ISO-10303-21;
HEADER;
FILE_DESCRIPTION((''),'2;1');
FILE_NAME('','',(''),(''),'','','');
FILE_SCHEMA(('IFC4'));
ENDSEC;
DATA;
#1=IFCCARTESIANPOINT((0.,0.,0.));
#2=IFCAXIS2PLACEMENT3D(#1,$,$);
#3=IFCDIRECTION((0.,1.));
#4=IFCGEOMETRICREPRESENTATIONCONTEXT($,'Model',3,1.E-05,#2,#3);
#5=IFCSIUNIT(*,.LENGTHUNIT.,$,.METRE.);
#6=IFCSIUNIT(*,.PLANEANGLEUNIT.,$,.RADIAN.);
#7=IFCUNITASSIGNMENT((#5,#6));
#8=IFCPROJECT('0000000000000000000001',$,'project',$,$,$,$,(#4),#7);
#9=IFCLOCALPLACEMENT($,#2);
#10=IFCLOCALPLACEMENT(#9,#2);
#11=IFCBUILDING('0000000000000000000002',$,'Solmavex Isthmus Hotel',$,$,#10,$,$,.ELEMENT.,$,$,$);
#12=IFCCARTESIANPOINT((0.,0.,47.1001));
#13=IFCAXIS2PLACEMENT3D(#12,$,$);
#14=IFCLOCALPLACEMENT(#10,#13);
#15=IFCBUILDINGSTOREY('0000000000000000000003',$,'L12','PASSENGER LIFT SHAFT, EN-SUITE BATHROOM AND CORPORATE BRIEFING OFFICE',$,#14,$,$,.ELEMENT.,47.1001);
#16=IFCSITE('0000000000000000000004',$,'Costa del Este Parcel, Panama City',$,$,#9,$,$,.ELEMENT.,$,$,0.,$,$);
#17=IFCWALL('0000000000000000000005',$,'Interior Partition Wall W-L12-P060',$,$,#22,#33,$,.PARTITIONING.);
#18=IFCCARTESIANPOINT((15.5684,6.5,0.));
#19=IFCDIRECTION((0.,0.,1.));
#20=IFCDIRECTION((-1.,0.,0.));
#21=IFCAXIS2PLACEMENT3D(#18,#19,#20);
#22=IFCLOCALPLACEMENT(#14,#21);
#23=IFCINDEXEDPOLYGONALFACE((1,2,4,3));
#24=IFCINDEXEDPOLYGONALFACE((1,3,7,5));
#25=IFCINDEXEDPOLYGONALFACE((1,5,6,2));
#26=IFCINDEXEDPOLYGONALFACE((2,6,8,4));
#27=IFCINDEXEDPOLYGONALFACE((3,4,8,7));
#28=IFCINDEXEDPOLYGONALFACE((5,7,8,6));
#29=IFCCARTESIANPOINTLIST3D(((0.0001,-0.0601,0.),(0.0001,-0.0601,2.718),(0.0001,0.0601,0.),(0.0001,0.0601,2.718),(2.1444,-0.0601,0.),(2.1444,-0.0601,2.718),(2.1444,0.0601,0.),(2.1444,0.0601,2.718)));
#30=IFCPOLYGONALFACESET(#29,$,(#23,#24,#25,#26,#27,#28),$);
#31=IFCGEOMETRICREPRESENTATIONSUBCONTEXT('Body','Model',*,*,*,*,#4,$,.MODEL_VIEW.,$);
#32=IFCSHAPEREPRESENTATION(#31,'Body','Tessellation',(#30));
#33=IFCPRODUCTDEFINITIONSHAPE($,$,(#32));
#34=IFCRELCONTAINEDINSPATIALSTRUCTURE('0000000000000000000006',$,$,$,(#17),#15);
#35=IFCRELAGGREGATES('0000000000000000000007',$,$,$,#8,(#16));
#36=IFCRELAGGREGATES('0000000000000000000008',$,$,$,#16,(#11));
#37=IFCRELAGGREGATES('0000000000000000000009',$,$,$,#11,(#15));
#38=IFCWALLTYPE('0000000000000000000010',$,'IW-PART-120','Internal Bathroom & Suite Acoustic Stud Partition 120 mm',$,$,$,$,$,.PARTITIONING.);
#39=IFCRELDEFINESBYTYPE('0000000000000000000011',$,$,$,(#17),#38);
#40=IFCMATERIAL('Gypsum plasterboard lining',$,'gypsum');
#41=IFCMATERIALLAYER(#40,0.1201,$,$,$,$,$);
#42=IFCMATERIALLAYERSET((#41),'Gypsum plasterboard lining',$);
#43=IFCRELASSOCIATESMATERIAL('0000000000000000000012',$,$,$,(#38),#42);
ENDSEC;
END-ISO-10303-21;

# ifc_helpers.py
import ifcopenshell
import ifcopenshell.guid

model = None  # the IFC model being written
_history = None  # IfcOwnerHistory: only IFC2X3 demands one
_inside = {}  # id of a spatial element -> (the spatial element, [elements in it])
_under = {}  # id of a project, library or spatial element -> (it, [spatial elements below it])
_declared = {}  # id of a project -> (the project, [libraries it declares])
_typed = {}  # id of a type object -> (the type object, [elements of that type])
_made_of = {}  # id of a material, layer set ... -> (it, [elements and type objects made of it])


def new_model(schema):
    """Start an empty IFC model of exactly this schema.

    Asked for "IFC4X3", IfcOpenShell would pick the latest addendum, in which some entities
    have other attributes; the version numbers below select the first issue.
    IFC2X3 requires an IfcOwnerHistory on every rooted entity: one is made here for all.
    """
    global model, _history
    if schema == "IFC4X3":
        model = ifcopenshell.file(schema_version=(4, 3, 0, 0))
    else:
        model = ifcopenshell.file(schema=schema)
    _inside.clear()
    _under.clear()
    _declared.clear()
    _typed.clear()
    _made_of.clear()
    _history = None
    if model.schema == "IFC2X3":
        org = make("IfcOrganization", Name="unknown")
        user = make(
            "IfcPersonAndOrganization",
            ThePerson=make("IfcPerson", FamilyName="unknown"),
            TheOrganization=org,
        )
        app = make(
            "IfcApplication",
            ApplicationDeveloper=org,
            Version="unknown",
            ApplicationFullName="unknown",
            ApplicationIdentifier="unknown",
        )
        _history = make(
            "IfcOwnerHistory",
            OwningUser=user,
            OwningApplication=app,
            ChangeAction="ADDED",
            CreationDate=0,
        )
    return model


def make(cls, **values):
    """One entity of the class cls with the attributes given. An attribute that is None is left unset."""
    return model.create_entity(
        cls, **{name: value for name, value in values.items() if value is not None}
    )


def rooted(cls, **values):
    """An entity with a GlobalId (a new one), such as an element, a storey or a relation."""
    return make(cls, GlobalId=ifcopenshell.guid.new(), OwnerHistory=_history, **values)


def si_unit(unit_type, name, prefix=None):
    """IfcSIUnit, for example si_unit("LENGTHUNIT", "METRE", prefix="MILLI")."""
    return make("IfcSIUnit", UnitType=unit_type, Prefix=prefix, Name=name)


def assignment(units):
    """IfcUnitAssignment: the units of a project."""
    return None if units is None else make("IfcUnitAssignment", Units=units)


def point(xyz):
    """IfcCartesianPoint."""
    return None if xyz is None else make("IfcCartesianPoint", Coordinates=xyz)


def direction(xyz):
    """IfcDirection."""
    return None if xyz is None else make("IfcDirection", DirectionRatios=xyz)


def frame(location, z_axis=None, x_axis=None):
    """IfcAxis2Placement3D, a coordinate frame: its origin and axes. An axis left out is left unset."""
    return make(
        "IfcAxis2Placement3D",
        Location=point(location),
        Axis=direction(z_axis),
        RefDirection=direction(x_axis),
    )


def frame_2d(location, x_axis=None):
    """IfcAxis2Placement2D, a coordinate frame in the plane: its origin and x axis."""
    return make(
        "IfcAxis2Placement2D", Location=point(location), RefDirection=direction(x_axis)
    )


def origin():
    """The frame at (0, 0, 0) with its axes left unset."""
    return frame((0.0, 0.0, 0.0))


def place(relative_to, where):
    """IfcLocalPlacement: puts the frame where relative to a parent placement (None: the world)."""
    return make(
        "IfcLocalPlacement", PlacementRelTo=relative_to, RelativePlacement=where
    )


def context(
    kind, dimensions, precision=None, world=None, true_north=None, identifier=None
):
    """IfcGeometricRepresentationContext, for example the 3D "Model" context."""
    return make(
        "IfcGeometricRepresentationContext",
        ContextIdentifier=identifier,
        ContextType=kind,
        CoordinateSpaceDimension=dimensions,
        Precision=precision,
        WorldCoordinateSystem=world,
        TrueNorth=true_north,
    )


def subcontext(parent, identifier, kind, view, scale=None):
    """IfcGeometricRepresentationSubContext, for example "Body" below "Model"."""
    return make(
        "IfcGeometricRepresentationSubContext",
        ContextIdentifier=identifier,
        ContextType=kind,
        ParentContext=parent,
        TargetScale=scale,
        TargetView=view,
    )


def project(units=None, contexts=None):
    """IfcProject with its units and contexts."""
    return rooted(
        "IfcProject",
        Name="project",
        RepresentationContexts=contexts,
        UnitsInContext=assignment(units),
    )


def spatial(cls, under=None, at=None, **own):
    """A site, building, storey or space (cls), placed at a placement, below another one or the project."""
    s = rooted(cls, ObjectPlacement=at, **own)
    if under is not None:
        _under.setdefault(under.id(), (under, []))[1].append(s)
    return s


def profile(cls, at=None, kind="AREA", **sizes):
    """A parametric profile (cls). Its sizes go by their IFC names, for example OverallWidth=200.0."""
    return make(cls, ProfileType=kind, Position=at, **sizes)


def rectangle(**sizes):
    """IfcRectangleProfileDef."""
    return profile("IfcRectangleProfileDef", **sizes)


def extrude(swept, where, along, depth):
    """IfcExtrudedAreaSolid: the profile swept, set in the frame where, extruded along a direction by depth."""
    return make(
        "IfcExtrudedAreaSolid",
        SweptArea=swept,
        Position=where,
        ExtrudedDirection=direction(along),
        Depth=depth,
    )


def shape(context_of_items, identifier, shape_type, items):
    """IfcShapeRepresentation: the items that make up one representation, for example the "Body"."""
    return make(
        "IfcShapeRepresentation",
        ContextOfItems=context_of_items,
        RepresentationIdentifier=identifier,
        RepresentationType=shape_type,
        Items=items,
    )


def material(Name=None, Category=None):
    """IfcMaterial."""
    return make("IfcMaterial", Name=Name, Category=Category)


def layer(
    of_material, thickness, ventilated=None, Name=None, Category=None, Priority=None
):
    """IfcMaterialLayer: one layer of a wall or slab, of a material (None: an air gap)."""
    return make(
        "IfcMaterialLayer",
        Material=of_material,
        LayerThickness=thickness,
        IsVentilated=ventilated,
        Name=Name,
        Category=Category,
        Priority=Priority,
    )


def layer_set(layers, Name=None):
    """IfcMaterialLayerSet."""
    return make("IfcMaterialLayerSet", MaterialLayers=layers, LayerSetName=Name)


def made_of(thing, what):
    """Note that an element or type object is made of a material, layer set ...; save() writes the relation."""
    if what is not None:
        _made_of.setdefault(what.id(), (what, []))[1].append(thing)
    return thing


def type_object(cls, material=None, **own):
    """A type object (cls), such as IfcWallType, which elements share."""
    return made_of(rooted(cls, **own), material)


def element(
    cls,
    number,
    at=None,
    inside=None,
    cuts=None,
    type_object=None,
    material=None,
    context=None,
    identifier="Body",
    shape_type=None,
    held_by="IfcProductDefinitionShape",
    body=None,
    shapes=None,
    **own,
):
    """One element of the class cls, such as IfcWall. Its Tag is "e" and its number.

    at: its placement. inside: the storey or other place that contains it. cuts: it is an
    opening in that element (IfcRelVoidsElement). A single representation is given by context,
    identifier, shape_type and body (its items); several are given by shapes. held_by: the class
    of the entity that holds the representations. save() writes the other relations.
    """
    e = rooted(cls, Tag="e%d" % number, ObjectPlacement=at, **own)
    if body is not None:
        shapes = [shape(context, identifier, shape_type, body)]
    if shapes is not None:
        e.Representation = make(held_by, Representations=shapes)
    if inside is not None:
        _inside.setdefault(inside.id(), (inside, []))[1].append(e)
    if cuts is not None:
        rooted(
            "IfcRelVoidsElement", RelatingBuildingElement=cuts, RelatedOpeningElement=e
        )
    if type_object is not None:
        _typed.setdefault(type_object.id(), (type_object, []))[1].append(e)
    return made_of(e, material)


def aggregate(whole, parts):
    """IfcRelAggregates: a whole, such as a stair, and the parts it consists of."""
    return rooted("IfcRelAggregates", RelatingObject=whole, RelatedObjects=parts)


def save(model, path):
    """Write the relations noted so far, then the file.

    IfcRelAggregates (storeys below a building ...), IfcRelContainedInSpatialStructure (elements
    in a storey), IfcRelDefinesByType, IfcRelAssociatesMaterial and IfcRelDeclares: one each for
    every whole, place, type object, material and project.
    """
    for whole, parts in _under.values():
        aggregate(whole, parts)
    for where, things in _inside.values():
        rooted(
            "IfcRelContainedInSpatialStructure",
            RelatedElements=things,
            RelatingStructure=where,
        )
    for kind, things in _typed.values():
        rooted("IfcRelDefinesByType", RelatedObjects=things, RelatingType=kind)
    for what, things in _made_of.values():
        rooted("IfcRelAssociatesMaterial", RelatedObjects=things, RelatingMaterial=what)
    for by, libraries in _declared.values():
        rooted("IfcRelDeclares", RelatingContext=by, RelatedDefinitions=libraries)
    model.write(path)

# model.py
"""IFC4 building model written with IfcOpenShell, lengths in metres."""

from ifc_helpers import new_model, si_unit, direction, frame, frame_2d, origin, place, context, subcontext, project, spatial, rectangle, extrude, material, layer, layer_set, type_object, element, save


model = new_model("IFC4")

# Units and contexts
model_context = context("Model", 3, precision=1e-05, world=origin(), true_north=direction((0.0, 1.0)))
body_context = subcontext(model_context, "Body", "Model", "MODEL_VIEW")
ifc_project = project(units=[si_unit("LENGTHUNIT", "METRE"), si_unit("PLANEANGLEUNIT", "RADIAN")], contexts=[model_context])

# Site, building, storey
site_placement = place(None, origin())
site = spatial("IfcSite", under=ifc_project, at=site_placement, Name="Costa del Este Parcel, Panama City", CompositionType="ELEMENT", RefElevation=0.0)
building_placement = place(site_placement, origin())
building = spatial("IfcBuilding", under=site, at=building_placement, Name="Solmavex Isthmus Hotel", CompositionType="ELEMENT")
storey_placement = place(building_placement, frame((0.0, 0.0, 47.1001)))
storey = spatial("IfcBuildingStorey", under=building, at=storey_placement, Name="L12", Description="PASSENGER LIFT SHAFT, EN-SUITE BATHROOM AND CORPORATE BRIEFING OFFICE", CompositionType="ELEMENT", Elevation=47.1001)

# Shared definitions
ifc_material_1 = material(Name="Gypsum plasterboard lining", Category="gypsum")

# Shared definitions
ifc_layer_1 = layer(ifc_material_1, 0.1201)
ifc_layer_set_1 = layer_set([ifc_layer_1], Name="Gypsum plasterboard lining")
wall_type_1 = type_object("IfcWallType", Name="IW-PART-120", Description="Internal Bathroom & Suite Acoustic Stud Partition 120 mm", PredefinedType="PARTITIONING", material=ifc_layer_set_1)

# Wall
wall_1_placement = place(storey_placement, frame((15.5684, 6.5, 0.0), z_axis=(0.0, 0.0, 1.0), x_axis=(-1.0, 0.0, 0.0)))
element("IfcWall", 1, at=wall_1_placement, inside=storey, type_object=wall_type_1, Name="Interior Partition Wall W-L12-P060", PredefinedType="PARTITIONING", context=body_context, shape_type="SweptSolid", body=[
    extrude(rectangle(XDim=2.1443, YDim=0.1201, at=frame_2d((1.0723, 0.0))), origin(), (0.0, 0.0, 1.0), 2.718),
])

save(model, "model.ifc")
